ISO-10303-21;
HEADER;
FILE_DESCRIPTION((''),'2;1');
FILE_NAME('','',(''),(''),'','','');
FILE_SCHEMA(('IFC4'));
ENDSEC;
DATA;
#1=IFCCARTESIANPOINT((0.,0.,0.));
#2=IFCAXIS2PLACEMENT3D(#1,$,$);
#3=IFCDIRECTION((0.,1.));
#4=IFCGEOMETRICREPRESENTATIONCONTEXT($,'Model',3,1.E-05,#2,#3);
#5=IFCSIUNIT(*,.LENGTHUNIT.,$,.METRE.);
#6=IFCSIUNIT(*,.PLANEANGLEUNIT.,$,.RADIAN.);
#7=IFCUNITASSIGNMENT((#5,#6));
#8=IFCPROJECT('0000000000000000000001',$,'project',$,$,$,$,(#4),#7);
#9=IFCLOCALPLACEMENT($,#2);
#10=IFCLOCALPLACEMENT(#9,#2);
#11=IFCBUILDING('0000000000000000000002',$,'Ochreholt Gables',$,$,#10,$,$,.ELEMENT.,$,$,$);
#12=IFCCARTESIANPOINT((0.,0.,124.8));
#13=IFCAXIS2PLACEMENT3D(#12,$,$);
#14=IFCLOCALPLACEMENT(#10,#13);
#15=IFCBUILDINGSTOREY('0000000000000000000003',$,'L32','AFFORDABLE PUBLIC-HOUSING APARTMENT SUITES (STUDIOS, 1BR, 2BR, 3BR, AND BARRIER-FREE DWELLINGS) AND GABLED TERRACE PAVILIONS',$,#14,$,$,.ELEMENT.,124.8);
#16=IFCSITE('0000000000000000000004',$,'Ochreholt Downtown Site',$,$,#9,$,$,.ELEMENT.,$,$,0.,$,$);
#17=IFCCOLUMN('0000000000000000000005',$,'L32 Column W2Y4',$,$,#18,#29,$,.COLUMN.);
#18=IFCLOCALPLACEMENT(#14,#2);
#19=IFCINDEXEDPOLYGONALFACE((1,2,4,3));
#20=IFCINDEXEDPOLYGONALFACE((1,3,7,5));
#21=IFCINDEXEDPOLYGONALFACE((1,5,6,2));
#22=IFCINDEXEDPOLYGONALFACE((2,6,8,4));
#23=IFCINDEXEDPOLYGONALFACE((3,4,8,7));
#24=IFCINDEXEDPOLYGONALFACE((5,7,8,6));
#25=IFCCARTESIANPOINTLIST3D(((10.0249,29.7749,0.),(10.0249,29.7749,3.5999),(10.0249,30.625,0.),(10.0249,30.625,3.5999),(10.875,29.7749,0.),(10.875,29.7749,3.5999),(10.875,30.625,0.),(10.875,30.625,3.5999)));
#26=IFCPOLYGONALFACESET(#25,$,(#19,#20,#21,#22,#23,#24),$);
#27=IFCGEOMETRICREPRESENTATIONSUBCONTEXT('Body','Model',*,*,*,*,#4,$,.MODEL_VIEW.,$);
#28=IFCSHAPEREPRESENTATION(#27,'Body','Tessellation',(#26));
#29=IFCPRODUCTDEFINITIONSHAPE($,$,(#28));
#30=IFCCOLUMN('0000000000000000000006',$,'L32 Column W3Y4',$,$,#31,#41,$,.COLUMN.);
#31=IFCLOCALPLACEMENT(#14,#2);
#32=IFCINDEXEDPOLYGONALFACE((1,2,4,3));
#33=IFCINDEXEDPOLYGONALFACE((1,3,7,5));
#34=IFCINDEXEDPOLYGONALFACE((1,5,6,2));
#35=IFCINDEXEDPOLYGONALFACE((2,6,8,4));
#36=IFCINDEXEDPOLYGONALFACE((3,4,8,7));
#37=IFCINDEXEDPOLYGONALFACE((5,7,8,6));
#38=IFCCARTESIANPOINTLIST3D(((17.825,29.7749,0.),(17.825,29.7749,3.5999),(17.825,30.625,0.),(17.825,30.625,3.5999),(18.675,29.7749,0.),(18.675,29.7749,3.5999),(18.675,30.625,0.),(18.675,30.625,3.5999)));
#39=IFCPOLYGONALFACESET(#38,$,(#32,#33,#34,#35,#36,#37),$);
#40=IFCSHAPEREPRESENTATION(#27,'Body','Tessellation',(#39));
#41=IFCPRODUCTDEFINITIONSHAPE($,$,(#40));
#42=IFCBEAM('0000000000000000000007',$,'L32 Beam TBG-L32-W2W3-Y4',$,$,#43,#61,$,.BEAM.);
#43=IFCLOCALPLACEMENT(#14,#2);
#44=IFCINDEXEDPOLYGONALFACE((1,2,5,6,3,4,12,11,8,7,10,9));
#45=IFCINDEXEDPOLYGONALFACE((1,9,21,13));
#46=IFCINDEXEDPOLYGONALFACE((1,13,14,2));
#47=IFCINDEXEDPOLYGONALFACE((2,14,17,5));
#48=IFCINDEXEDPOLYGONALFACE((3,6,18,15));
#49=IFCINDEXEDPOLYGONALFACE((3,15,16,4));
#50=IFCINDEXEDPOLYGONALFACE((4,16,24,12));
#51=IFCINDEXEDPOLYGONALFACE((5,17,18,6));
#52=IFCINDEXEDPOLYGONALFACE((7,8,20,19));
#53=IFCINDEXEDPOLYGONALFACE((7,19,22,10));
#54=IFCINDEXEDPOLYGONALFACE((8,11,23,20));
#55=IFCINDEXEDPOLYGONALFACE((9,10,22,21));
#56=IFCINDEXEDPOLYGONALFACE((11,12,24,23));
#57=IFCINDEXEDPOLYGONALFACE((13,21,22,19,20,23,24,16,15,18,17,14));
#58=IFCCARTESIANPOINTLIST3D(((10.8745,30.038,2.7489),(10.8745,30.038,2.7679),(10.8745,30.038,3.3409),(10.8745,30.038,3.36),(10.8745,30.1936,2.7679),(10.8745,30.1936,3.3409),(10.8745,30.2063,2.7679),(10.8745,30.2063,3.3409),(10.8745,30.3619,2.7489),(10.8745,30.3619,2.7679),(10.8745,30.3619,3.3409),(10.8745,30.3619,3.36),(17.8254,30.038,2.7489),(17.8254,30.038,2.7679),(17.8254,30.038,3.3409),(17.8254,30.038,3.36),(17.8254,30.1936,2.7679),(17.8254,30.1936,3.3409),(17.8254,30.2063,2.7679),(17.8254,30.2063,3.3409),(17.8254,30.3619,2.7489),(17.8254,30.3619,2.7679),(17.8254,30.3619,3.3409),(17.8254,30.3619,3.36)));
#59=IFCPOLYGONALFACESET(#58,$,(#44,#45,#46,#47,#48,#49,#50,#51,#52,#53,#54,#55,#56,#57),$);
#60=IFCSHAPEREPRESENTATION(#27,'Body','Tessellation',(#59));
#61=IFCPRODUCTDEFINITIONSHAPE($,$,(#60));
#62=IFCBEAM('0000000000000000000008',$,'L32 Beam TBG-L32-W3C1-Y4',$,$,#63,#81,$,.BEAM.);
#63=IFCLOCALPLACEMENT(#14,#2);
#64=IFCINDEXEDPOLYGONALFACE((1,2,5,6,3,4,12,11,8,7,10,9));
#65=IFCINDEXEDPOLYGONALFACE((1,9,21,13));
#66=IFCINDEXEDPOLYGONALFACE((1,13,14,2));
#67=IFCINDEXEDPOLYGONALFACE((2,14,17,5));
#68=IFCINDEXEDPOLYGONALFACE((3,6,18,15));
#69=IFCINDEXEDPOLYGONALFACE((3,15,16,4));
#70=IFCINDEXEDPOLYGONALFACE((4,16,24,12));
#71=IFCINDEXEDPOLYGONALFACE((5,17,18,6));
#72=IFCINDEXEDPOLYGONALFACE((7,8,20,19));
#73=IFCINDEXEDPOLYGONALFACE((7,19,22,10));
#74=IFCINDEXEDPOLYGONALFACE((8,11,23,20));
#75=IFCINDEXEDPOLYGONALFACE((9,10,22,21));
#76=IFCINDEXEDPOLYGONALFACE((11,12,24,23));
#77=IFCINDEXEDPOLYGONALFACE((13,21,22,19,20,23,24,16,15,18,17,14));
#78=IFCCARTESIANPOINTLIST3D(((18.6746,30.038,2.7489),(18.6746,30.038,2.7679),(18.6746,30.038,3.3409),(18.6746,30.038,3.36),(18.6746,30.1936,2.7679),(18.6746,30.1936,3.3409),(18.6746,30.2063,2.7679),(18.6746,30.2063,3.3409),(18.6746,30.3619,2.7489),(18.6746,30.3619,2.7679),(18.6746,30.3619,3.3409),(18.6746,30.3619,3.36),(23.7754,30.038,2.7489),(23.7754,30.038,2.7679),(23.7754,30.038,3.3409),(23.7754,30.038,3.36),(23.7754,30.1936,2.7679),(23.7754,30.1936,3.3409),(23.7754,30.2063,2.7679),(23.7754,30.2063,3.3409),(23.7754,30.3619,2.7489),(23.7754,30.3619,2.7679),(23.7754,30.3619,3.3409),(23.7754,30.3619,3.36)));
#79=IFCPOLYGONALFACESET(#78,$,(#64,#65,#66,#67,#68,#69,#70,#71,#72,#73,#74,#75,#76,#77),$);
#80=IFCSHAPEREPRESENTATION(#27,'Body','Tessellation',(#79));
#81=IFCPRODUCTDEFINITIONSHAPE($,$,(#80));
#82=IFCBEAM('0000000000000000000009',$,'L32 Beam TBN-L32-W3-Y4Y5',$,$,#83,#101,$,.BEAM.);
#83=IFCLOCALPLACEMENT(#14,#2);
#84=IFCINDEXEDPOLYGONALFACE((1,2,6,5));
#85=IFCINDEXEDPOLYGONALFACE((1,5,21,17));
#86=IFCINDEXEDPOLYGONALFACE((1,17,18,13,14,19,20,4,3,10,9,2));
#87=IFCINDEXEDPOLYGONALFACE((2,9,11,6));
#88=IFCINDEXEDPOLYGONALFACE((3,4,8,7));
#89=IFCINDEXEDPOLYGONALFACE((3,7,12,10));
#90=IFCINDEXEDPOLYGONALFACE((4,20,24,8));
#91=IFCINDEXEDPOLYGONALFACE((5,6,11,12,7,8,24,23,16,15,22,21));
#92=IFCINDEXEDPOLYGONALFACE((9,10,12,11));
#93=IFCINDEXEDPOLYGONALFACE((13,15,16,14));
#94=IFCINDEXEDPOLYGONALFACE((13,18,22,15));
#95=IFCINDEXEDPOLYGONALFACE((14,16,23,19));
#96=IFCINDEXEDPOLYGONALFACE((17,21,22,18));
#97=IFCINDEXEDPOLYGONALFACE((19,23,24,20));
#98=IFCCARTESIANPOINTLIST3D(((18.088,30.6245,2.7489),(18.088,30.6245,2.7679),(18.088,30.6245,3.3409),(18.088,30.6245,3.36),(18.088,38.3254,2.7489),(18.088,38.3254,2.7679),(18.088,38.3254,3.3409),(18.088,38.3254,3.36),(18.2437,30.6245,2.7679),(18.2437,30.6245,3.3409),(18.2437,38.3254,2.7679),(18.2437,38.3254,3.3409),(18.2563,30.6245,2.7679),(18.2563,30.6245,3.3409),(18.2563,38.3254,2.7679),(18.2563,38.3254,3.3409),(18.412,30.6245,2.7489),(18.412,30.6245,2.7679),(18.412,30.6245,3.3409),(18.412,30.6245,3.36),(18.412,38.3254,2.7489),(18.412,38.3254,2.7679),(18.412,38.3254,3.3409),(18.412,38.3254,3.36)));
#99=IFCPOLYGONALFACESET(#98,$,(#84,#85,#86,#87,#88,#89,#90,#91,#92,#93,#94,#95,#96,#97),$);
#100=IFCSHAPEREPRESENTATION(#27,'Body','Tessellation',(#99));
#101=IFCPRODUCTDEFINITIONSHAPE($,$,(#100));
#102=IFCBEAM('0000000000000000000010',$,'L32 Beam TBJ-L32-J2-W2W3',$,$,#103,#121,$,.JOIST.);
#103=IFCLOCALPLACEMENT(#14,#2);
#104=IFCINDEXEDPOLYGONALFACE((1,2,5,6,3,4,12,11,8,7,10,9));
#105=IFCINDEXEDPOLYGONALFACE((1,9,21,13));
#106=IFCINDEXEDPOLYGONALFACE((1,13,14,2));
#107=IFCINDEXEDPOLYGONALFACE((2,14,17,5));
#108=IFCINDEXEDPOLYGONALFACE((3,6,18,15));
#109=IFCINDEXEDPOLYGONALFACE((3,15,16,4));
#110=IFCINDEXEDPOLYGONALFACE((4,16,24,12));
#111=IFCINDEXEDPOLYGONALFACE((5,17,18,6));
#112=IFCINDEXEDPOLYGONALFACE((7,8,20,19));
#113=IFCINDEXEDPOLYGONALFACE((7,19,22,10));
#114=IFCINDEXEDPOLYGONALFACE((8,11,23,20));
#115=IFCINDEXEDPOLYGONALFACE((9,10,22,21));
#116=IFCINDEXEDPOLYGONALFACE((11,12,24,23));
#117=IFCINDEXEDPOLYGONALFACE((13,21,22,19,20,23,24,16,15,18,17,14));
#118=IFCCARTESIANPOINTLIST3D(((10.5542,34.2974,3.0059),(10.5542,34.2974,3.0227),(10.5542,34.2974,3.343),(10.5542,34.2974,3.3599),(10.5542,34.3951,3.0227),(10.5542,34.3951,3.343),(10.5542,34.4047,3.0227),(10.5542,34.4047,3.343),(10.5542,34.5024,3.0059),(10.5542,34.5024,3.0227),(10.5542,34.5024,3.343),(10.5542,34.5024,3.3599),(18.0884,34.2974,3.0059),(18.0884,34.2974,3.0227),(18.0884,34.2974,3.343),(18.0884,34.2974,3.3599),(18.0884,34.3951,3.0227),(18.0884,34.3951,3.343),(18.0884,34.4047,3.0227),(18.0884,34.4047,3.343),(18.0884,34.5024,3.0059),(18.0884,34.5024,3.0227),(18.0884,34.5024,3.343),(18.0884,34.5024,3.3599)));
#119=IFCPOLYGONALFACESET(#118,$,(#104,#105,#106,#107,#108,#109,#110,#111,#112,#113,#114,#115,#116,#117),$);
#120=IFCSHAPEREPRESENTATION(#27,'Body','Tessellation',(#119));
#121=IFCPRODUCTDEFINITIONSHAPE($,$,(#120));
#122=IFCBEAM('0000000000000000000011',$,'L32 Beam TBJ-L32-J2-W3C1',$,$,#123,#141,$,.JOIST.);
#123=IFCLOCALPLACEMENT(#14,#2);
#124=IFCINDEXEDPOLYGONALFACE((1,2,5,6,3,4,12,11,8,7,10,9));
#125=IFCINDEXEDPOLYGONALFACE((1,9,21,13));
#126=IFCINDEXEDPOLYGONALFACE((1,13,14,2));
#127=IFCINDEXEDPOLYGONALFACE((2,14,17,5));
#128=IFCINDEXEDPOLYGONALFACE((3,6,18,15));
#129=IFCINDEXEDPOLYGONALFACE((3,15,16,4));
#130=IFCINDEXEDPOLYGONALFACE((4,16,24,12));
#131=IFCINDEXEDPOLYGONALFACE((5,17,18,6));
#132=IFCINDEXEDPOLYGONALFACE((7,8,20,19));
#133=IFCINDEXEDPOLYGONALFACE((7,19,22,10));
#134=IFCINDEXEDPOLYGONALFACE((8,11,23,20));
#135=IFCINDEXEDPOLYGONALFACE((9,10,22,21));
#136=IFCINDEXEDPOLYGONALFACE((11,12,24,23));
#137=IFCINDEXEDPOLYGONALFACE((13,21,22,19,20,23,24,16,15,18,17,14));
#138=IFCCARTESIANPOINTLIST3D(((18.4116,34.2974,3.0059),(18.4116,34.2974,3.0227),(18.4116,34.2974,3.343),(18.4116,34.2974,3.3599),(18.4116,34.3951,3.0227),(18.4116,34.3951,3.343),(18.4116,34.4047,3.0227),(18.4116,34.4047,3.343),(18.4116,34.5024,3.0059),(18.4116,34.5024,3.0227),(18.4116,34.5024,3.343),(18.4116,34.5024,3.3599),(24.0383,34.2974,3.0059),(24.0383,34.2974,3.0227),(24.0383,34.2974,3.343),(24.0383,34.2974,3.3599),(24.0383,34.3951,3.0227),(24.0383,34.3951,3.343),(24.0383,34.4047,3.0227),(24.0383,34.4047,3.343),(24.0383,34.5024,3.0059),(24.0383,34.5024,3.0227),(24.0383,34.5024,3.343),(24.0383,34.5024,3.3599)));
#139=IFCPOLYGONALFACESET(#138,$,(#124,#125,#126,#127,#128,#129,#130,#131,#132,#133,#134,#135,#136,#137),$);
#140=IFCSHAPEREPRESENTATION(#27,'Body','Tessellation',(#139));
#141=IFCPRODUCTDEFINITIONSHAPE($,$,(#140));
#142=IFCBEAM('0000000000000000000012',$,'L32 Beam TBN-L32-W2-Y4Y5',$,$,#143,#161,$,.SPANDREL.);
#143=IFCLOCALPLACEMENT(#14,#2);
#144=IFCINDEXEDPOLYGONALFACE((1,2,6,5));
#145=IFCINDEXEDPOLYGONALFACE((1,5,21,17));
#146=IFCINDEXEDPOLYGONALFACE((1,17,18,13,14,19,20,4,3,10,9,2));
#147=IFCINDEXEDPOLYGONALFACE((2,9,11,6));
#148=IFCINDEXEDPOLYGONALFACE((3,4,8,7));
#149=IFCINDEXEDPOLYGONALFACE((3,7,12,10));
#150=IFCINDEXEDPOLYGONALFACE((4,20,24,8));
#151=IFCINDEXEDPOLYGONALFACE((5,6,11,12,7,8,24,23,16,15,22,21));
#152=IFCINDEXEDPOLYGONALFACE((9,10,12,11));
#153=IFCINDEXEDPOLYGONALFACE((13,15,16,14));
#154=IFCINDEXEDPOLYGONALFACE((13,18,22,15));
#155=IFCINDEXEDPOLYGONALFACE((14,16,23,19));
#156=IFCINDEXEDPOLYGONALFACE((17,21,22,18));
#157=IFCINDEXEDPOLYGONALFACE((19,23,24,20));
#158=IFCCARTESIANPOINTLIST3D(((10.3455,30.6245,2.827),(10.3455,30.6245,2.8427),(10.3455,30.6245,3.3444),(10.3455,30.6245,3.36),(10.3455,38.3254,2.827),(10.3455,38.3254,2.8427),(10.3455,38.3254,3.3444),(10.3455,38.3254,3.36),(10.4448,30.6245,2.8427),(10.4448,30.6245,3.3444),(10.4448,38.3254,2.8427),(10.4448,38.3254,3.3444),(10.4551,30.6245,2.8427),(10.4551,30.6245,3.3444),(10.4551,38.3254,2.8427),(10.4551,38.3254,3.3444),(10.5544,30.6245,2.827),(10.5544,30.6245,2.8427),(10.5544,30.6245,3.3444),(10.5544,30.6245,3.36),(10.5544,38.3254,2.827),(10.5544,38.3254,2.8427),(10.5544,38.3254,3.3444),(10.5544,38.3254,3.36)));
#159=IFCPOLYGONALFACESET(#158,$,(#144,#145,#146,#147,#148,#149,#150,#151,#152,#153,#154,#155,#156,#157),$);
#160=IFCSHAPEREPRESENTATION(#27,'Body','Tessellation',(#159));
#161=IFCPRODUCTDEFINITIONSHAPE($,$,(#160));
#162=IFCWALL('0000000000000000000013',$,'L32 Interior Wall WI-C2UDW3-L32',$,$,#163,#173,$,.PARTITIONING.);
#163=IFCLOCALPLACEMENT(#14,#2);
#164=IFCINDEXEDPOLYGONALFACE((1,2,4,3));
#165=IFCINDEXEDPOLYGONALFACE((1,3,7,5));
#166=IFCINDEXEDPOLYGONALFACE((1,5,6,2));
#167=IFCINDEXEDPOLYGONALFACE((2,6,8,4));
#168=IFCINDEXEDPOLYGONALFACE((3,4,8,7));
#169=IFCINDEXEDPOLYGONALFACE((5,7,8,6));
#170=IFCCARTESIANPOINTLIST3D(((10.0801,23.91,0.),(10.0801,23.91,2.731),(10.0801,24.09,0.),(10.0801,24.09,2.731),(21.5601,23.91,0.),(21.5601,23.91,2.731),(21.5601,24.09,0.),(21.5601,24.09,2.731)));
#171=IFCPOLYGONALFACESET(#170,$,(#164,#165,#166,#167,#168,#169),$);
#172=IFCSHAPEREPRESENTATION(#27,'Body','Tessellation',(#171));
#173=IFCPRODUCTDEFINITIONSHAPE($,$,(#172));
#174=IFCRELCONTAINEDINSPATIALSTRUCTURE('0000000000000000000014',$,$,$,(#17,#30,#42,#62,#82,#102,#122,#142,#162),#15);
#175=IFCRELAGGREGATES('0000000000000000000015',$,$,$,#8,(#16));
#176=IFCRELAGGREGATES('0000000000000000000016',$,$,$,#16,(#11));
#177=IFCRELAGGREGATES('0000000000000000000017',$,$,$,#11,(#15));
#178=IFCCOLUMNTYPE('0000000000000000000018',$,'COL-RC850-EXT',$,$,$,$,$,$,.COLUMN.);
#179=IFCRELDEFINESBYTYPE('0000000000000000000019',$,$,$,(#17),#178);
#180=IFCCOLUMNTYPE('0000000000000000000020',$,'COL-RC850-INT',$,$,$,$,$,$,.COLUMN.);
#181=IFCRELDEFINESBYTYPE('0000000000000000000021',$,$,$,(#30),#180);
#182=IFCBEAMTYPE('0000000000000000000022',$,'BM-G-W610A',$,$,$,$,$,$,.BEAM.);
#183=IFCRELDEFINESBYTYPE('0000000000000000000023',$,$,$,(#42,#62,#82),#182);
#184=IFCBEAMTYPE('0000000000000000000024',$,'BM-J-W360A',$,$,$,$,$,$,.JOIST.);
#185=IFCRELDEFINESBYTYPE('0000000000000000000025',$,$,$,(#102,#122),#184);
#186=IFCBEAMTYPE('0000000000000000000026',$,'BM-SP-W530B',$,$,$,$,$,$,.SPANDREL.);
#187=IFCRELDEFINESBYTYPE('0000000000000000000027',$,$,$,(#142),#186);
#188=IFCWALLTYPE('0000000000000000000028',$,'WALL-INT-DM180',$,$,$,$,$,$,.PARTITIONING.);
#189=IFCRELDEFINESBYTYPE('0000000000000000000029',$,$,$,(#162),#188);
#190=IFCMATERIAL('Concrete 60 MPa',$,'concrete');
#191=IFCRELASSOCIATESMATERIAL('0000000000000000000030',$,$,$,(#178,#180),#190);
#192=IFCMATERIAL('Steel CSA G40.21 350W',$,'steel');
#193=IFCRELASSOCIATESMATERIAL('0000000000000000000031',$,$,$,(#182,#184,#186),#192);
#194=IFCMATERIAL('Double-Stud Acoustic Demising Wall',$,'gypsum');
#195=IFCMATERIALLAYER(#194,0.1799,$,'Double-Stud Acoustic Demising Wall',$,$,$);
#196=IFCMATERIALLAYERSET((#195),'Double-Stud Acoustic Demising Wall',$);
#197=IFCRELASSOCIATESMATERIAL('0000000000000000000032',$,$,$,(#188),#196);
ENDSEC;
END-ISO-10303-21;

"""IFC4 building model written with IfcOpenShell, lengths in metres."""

from ifc_helpers import new_model, si_unit, direction, frame, frame_2d, origin, origin_2d, place, context, subcontext, project, spatial, rectangle, i_section, extrude, material, layer, layer_set, material_profile, profile_set, type_object, element, save


model = new_model("IFC4")

# Units and contexts
model_context = context("Model", 3, precision=1e-05, world=origin(), true_north=direction((0.0, 1.0)))
body_context = subcontext(model_context, "Body", "Model", "MODEL_VIEW")
ifc_project = project(units=[si_unit("LENGTHUNIT", "METRE"), si_unit("PLANEANGLEUNIT", "RADIAN")], contexts=[model_context])

# Site, building, storey
site_placement = place(None, origin())
site = spatial("IfcSite", under=ifc_project, at=site_placement, Name="Ochreholt Downtown Site", CompositionType="ELEMENT", RefElevation=0.0)
building_placement = place(site_placement, origin())
building = spatial("IfcBuilding", under=site, at=building_placement, Name="Ochreholt Gables", CompositionType="ELEMENT")
storey_placement = place(building_placement, frame((0.0, 0.0, 124.8)))
storey = spatial("IfcBuildingStorey", under=building, at=storey_placement, Name="L32", Description="AFFORDABLE PUBLIC-HOUSING APARTMENT SUITES (STUDIOS, 1BR, 2BR, 3BR, AND BARRIER-FREE DWELLINGS) AND GABLED TERRACE PAVILIONS", CompositionType="ELEMENT", Elevation=124.8)

# Columns
ifc_material_1 = material(Name="Concrete 60 MPa", Category="concrete")
ifc_material_profile_1 = material_profile(ifc_material_1, rectangle(XDim=0.8501, YDim=0.8501, at=origin_2d()), Name="RC850X850")
ifc_profile_set_1 = profile_set([ifc_material_profile_1], Name="Concrete 60 MPa")
column_type_1 = type_object("IfcColumnType", Name="COL-RC850-EXT", PredefinedType="COLUMN", material=ifc_profile_set_1)
column_1_placement = place(storey_placement, frame((10.45, 30.2, 0.0), z_axis=(0.0, 0.0, 1.0), x_axis=(1.0, 0.0, 0.0)))
element("IfcColumn", 1, at=column_1_placement, inside=storey, type_object=column_type_1, Name="L32 Column W2Y4", PredefinedType="COLUMN", context=body_context, shape_type="SweptSolid", body=[
    extrude(rectangle(XDim=0.8501, YDim=0.8501, at=origin_2d()), origin(), (0.0, 0.0, 1.0), 3.5999),
])
ifc_material_profile_2 = material_profile(ifc_material_1, rectangle(XDim=0.8501, YDim=0.8501, at=origin_2d()), Name="RC850X850")
ifc_profile_set_2 = profile_set([ifc_material_profile_2], Name="Concrete 60 MPa")
column_type_2 = type_object("IfcColumnType", Name="COL-RC850-INT", PredefinedType="COLUMN", material=ifc_profile_set_2)
column_2_placement = place(storey_placement, frame((18.25, 30.2, 0.0), z_axis=(0.0, 0.0, 1.0), x_axis=(1.0, 0.0, 0.0)))
element("IfcColumn", 2, at=column_2_placement, inside=storey, type_object=column_type_2, Name="L32 Column W3Y4", PredefinedType="COLUMN", context=body_context, shape_type="SweptSolid", body=[
    extrude(rectangle(XDim=0.8501, YDim=0.8501, at=origin_2d()), origin(), (0.0, 0.0, 1.0), 3.5999),
])

# Beams
ifc_material_2 = material(Name="Steel CSA G40.21 350W", Category="steel")
ifc_material_profile_3 = material_profile(ifc_material_2, i_section(OverallWidth=0.324, OverallDepth=0.6111, WebThickness=0.0127, FlangeThickness=0.019, at=origin_2d()), Name="W610X155")
ifc_profile_set_3 = profile_set([ifc_material_profile_3], Name="Steel CSA G40.21 350W")
beam_type_1 = type_object("IfcBeamType", Name="BM-G-W610A", PredefinedType="BEAM", material=ifc_profile_set_3)
beam_1_placement = place(storey_placement, frame((10.8745, 30.2, 3.0544), z_axis=(1.0, 0.0, 0.0), x_axis=(0.0, 1.0, 0.0)))
element("IfcBeam", 3, at=beam_1_placement, inside=storey, type_object=beam_type_1, Name="L32 Beam TBG-L32-W2W3-Y4", PredefinedType="BEAM", context=body_context, shape_type="SweptSolid", body=[
    extrude(i_section(OverallWidth=0.324, OverallDepth=0.6111, WebThickness=0.0127, FlangeThickness=0.019, at=origin_2d()), origin(), (0.0, 0.0, 1.0), 6.9509),
])
beam_2_placement = place(storey_placement, frame((18.6746, 30.2, 3.0544), z_axis=(1.0, 0.0, 0.0), x_axis=(0.0, 1.0, 0.0)))
element("IfcBeam", 4, at=beam_2_placement, inside=storey, type_object=beam_type_1, Name="L32 Beam TBG-L32-W3C1-Y4", PredefinedType="BEAM", context=body_context, shape_type="SweptSolid", body=[
    extrude(i_section(OverallWidth=0.324, OverallDepth=0.6111, WebThickness=0.0127, FlangeThickness=0.019, at=origin_2d()), origin(), (0.0, 0.0, 1.0), 5.1008),
])
beam_3_placement = place(storey_placement, frame((18.25, 30.6245, 3.0544), z_axis=(0.0, 1.0, 0.0), x_axis=(-1.0, 0.0, 0.0)))
element("IfcBeam", 5, at=beam_3_placement, inside=storey, type_object=beam_type_1, Name="L32 Beam TBN-L32-W3-Y4Y5", PredefinedType="BEAM", context=body_context, shape_type="SweptSolid", body=[
    extrude(i_section(OverallWidth=0.324, OverallDepth=0.6111, WebThickness=0.0127, FlangeThickness=0.019, at=origin_2d()), origin(), (0.0, 0.0, 1.0), 7.7009),
])
ifc_material_profile_4 = material_profile(ifc_material_2, i_section(OverallWidth=0.2051, OverallDepth=0.354, WebThickness=0.0095, FlangeThickness=0.0168, at=origin_2d()), Name="W360X79")
ifc_profile_set_4 = profile_set([ifc_material_profile_4], Name="Steel CSA G40.21 350W")
beam_type_2 = type_object("IfcBeamType", Name="BM-J-W360A", PredefinedType="JOIST", material=ifc_profile_set_4)
beam_4_placement = place(storey_placement, frame((10.5542, 34.3999, 3.1829), z_axis=(1.0, 0.0, 0.0), x_axis=(0.0, 1.0, 0.0)))
element("IfcBeam", 6, at=beam_4_placement, inside=storey, type_object=beam_type_2, Name="L32 Beam TBJ-L32-J2-W2W3", PredefinedType="JOIST", context=body_context, shape_type="SweptSolid", body=[
    extrude(i_section(OverallWidth=0.2051, OverallDepth=0.354, WebThickness=0.0095, FlangeThickness=0.0168, at=origin_2d()), origin(), (0.0, 0.0, 1.0), 7.5342),
])
beam_5_placement = place(storey_placement, frame((18.4116, 34.3999, 3.1829), z_axis=(1.0, 0.0, 0.0), x_axis=(0.0, 1.0, 0.0)))
element("IfcBeam", 7, at=beam_5_placement, inside=storey, type_object=beam_type_2, Name="L32 Beam TBJ-L32-J2-W3C1", PredefinedType="JOIST", context=body_context, shape_type="SweptSolid", body=[
    extrude(i_section(OverallWidth=0.2051, OverallDepth=0.354, WebThickness=0.0095, FlangeThickness=0.0168, at=origin_2d()), origin(), (0.0, 0.0, 1.0), 5.6267),
])
ifc_material_profile_5 = material_profile(ifc_material_2, i_section(OverallWidth=0.209, OverallDepth=0.533, WebThickness=0.0103, FlangeThickness=0.0156, at=origin_2d()), Name="W530X92")
ifc_profile_set_5 = profile_set([ifc_material_profile_5], Name="Steel CSA G40.21 350W")
beam_type_3 = type_object("IfcBeamType", Name="BM-SP-W530B", PredefinedType="SPANDREL", material=ifc_profile_set_5)
beam_6_placement = place(storey_placement, frame((10.45, 30.6245, 3.0935), z_axis=(0.0, 1.0, 0.0), x_axis=(-1.0, 0.0, 0.0)))
element("IfcBeam", 8, at=beam_6_placement, inside=storey, type_object=beam_type_3, Name="L32 Beam TBN-L32-W2-Y4Y5", PredefinedType="SPANDREL", context=body_context, shape_type="SweptSolid", body=[
    extrude(i_section(OverallWidth=0.209, OverallDepth=0.533, WebThickness=0.0103, FlangeThickness=0.0156, at=origin_2d()), origin(), (0.0, 0.0, 1.0), 7.7009),
])

# Wall
ifc_material_3 = material(Name="Double-Stud Acoustic Demising Wall", Category="gypsum")
ifc_layer_1 = layer(ifc_material_3, 0.1799, Name="Double-Stud Acoustic Demising Wall")
ifc_layer_set_1 = layer_set([ifc_layer_1], Name="Double-Stud Acoustic Demising Wall")
wall_type_1 = type_object("IfcWallType", Name="WALL-INT-DM180", PredefinedType="PARTITIONING", material=ifc_layer_set_1)
wall_1_placement = place(storey_placement, frame((10.0801, 24.0, 0.0), z_axis=(0.0, 0.0, 1.0), x_axis=(1.0, 0.0, 0.0)))
element("IfcWall", 9, at=wall_1_placement, inside=storey, type_object=wall_type_1, Name="L32 Interior Wall WI-C2UDW3-L32", PredefinedType="PARTITIONING", context=body_context, shape_type="SweptSolid", body=[
    extrude(rectangle(XDim=11.48, YDim=0.1799, at=frame_2d((5.74, 0.0))), origin(), (0.0, 0.0, 1.0), 2.731),
])

save(model, "model.ifc")
